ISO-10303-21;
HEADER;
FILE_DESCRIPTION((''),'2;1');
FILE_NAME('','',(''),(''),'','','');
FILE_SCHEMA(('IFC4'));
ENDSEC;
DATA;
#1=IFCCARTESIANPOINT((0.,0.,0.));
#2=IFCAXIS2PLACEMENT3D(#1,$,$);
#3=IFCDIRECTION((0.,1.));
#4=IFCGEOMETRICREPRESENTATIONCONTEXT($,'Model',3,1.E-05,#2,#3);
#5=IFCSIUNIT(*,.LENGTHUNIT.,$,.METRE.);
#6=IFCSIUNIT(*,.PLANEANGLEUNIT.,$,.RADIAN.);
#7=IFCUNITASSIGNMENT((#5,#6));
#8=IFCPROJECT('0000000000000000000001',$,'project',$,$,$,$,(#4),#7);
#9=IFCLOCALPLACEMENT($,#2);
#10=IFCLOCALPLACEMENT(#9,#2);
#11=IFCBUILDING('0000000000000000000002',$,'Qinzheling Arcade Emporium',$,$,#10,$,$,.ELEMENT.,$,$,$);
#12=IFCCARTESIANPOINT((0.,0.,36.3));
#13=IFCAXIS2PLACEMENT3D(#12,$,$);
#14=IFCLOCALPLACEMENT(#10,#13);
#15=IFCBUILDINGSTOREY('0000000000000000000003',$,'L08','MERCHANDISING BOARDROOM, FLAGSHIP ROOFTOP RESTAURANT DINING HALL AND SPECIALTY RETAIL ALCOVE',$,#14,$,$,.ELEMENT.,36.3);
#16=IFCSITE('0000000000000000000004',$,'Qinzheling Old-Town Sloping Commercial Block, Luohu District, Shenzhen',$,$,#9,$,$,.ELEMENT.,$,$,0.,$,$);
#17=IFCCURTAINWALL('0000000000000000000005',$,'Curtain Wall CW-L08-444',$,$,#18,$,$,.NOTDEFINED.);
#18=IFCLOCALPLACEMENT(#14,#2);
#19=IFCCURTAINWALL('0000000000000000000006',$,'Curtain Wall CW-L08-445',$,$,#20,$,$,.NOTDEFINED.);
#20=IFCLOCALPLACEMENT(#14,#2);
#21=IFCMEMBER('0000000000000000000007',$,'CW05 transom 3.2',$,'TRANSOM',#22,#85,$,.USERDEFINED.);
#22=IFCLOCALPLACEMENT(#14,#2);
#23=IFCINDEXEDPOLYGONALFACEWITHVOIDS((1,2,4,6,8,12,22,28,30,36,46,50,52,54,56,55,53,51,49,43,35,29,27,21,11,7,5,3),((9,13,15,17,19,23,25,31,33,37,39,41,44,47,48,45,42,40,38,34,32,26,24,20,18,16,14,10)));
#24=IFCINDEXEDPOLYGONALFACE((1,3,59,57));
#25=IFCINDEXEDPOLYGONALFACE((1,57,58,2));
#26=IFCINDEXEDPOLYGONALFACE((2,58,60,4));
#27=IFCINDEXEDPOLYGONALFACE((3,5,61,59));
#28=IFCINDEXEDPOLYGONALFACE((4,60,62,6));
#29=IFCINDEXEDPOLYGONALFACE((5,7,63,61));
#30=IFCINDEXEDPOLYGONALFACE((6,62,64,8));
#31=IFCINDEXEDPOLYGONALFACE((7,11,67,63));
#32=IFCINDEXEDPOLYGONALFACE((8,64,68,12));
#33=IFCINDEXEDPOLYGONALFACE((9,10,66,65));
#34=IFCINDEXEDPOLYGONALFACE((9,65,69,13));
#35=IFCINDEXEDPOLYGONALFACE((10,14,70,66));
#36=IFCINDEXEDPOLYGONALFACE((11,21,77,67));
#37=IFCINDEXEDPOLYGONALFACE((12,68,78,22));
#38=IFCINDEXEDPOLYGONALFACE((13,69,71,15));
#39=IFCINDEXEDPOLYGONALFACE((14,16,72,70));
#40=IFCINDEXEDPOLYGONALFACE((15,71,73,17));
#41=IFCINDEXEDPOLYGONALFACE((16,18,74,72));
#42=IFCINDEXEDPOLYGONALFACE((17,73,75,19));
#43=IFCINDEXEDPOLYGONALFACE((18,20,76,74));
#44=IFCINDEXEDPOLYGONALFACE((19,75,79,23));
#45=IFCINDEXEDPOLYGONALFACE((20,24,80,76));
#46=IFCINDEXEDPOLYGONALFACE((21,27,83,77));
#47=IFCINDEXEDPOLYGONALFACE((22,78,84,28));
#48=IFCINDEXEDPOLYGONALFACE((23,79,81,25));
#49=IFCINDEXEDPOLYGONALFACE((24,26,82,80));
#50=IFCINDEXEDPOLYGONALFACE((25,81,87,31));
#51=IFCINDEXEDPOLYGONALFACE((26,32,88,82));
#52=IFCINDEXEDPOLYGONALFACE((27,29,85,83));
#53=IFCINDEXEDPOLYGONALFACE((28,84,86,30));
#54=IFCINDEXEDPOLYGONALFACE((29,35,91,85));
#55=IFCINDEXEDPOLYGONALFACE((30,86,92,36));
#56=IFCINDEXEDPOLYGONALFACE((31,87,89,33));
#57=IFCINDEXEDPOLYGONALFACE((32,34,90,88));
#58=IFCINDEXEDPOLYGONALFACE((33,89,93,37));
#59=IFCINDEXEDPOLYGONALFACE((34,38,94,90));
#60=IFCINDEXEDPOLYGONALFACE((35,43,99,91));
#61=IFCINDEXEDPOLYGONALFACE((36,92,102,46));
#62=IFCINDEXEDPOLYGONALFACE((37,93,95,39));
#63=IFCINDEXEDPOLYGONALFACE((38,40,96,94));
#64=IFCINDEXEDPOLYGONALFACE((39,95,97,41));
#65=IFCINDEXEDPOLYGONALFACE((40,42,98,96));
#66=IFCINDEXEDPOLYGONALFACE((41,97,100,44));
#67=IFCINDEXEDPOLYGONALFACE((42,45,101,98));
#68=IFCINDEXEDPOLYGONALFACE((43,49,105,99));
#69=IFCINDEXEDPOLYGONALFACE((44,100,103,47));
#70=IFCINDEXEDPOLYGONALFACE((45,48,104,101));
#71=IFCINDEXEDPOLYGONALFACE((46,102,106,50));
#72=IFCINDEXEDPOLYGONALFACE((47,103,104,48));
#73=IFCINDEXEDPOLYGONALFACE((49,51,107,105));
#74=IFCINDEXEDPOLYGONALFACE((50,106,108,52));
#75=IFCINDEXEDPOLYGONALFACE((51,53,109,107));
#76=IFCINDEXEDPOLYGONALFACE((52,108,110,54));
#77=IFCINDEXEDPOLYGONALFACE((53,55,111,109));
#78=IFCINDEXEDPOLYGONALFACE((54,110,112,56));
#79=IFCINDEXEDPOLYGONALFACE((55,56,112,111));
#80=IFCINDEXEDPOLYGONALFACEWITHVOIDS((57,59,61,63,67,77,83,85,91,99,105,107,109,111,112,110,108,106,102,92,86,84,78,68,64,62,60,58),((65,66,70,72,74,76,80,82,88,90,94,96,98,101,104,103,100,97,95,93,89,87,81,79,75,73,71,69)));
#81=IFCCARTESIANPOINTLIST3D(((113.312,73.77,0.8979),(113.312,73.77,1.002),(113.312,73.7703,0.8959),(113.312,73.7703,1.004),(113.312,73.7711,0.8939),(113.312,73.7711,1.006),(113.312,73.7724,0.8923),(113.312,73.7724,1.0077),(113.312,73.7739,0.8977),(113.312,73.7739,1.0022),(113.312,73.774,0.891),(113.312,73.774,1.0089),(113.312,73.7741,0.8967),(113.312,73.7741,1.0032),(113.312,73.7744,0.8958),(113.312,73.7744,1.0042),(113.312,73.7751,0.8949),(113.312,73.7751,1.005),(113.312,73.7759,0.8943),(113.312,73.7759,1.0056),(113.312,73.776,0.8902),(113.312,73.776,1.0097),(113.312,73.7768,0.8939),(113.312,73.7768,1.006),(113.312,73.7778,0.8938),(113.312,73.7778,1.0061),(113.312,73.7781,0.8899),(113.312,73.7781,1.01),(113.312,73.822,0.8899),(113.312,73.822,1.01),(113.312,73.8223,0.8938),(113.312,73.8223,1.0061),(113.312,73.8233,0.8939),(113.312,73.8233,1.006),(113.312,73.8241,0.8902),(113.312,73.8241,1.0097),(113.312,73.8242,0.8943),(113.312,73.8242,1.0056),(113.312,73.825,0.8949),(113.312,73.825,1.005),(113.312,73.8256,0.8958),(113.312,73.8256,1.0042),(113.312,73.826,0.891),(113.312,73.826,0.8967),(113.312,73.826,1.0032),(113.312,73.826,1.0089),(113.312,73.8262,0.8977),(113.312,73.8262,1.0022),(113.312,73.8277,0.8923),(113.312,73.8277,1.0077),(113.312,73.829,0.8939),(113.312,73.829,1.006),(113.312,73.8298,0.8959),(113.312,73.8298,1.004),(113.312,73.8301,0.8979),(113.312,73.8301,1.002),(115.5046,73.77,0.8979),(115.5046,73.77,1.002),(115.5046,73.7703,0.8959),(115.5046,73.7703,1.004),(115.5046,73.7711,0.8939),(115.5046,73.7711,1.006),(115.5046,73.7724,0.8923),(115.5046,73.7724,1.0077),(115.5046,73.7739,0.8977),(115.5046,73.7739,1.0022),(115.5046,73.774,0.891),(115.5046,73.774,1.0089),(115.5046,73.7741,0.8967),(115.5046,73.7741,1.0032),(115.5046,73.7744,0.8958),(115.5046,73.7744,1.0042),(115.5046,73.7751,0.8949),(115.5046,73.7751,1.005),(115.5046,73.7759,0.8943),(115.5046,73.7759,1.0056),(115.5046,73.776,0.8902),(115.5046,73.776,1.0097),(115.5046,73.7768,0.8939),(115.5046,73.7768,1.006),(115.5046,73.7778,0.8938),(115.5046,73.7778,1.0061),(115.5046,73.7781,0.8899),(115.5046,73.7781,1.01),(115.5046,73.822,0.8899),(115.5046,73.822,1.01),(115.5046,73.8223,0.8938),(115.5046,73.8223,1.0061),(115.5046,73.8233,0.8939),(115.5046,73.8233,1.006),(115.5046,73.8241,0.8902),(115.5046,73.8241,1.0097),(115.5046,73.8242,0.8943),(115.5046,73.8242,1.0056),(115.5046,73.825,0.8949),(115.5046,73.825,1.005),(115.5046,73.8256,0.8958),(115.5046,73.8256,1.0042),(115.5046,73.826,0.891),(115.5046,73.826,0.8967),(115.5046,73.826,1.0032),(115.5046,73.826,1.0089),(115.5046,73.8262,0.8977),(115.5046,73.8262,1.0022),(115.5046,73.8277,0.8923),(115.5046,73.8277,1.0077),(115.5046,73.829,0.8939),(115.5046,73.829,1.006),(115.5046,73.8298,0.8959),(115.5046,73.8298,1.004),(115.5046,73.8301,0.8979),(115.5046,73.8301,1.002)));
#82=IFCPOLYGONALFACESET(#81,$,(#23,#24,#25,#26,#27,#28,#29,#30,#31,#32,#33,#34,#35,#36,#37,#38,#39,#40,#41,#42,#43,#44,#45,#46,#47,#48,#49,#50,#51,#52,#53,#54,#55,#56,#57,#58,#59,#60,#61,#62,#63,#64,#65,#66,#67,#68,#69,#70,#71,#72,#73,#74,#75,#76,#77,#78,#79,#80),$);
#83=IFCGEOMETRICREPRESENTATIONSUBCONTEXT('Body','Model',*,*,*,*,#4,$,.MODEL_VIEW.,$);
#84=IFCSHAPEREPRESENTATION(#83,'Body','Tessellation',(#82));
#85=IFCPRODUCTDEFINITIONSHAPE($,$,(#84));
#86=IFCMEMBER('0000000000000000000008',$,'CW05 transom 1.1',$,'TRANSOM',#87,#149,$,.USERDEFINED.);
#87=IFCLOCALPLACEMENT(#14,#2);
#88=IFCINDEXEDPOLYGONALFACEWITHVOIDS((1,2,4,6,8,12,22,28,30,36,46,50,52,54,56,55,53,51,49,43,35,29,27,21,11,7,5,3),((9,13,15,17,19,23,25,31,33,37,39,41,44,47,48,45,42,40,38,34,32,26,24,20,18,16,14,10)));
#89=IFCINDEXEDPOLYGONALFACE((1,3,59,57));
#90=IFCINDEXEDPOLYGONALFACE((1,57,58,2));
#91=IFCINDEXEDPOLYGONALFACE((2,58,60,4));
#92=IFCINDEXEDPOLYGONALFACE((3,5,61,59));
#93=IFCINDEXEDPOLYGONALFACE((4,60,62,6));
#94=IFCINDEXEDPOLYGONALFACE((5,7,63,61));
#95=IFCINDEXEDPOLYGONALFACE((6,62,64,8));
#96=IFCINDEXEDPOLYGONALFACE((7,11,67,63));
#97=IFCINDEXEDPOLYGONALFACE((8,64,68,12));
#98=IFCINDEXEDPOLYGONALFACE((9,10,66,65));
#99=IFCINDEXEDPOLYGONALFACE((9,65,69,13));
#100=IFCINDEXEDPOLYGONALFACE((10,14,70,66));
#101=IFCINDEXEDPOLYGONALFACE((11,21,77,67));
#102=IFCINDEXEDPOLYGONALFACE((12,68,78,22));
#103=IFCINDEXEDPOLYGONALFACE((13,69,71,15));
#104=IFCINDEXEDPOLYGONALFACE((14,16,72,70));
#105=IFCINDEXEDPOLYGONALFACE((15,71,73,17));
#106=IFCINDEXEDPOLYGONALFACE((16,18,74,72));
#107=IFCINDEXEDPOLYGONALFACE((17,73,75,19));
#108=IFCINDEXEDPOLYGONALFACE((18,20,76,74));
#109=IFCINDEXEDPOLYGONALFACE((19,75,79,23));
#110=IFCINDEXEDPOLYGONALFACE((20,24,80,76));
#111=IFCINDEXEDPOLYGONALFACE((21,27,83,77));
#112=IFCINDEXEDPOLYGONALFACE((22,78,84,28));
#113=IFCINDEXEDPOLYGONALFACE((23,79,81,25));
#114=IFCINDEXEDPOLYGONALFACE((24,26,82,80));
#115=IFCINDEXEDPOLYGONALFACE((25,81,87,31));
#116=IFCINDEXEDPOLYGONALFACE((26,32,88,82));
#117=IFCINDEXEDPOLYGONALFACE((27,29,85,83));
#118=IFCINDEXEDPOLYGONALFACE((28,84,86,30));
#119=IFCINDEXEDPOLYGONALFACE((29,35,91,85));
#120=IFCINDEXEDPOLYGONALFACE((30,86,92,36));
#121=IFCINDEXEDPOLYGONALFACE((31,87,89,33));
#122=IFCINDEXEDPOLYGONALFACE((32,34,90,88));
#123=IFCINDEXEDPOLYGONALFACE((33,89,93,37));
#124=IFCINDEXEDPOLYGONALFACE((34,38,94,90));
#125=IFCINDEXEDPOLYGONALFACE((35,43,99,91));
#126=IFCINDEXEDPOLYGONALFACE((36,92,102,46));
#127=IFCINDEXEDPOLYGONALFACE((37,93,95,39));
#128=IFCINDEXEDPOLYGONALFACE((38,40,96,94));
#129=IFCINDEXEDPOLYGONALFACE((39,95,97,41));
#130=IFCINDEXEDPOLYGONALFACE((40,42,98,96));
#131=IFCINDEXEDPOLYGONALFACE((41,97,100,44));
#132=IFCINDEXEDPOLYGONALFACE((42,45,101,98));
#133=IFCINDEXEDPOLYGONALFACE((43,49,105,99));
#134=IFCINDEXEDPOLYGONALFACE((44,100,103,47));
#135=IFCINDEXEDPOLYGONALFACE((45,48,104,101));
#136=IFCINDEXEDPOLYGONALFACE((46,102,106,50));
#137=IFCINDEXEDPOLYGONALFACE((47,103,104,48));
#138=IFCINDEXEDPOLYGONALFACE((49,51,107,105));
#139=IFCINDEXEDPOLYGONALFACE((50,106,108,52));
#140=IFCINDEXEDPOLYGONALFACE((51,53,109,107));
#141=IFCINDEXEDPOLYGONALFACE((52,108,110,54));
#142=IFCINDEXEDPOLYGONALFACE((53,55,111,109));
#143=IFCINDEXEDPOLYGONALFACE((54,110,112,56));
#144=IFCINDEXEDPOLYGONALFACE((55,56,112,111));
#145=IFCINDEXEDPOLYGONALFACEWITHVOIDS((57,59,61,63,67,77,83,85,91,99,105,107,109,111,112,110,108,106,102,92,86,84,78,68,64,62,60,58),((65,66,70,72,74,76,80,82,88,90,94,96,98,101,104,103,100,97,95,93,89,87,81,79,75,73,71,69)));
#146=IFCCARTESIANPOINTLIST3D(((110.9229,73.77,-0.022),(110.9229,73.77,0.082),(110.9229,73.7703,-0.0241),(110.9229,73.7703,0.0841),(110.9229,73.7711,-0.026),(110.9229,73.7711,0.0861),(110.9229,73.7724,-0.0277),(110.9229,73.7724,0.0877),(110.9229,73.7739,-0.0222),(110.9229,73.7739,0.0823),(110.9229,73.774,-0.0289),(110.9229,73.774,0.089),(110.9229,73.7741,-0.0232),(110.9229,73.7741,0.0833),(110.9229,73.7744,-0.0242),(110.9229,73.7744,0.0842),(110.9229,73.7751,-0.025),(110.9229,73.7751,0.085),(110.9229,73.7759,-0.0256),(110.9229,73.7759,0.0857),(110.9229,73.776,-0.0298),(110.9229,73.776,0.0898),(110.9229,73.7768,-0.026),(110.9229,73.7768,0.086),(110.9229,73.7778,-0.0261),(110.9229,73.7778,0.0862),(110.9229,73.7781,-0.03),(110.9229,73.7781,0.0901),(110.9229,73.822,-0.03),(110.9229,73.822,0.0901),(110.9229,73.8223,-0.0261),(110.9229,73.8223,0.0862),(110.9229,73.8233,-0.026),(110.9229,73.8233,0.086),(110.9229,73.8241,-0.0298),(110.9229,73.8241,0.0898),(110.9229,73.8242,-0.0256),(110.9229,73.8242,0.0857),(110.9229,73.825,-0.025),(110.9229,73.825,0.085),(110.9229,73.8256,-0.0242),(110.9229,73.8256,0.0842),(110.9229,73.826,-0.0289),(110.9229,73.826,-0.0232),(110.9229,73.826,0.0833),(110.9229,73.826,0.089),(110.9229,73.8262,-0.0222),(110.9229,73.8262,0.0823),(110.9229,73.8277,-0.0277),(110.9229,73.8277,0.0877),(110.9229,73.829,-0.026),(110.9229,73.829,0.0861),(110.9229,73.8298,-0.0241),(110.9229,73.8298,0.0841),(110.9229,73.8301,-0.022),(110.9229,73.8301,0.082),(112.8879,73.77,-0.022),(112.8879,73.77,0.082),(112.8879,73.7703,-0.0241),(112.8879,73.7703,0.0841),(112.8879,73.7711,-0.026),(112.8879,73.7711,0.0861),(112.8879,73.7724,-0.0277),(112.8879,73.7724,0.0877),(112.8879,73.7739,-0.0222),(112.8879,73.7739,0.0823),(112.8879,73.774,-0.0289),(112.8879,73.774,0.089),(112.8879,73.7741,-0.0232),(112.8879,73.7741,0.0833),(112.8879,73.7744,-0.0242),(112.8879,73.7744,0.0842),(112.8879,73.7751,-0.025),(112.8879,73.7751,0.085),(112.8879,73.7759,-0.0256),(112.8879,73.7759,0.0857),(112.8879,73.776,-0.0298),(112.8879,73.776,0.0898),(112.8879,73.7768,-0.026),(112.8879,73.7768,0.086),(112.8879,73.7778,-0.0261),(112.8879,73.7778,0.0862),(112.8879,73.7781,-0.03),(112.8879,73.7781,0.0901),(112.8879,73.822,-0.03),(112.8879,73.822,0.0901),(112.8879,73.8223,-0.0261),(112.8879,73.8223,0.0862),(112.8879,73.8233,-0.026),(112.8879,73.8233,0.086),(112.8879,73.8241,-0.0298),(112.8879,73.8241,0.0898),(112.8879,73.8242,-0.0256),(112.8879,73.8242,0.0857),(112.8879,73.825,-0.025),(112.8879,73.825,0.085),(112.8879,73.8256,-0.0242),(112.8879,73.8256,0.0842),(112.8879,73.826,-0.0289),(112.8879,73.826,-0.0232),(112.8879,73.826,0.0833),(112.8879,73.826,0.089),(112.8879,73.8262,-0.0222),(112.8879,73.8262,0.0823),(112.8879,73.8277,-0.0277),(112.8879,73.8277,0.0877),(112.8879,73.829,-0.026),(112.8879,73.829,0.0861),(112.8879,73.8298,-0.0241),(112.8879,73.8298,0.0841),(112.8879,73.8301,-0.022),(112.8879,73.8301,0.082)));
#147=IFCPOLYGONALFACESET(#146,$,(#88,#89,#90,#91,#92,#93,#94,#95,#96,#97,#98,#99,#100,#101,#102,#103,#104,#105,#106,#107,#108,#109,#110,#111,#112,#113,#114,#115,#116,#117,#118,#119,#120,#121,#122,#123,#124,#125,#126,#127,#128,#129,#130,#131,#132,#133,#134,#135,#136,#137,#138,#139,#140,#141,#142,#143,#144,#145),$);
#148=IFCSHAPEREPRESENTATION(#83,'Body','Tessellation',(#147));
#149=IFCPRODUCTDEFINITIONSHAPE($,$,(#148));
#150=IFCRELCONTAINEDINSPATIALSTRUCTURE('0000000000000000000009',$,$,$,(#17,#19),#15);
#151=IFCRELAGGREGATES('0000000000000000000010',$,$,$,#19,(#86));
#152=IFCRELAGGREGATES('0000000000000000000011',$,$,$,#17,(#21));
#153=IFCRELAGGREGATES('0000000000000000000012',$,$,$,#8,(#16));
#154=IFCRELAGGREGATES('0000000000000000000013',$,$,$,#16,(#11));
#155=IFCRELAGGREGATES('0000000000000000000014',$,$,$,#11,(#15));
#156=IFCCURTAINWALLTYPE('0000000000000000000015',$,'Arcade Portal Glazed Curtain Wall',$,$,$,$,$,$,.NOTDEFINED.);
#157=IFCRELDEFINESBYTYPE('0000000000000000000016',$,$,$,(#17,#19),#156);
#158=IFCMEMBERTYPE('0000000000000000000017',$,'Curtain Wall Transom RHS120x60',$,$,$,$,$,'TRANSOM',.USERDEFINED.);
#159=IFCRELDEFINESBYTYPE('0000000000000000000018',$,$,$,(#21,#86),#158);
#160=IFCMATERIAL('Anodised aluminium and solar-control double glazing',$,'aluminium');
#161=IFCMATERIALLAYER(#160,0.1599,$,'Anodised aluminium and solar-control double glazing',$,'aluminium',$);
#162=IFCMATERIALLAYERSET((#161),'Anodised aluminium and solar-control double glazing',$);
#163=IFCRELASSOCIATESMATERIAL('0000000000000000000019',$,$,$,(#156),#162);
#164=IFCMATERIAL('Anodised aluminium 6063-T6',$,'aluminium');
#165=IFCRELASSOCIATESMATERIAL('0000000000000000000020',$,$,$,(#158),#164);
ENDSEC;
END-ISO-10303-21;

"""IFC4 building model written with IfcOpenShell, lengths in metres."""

from ifc_helpers import new_model, si_unit, direction, frame, origin, origin_2d, place, context, subcontext, project, spatial, hollow_rectangle, extrude, material, layer, layer_set, material_profile, profile_set, type_object, element, aggregate, save


model = new_model("IFC4")

# Units and contexts
model_context = context("Model", 3, precision=1e-05, world=origin(), true_north=direction((0.0, 1.0)))
body_context = subcontext(model_context, "Body", "Model", "MODEL_VIEW")
ifc_project = project(units=[si_unit("LENGTHUNIT", "METRE"), si_unit("PLANEANGLEUNIT", "RADIAN")], contexts=[model_context])

# Site, building, storey
site_placement = place(None, origin())
site = spatial("IfcSite", under=ifc_project, at=site_placement, Name="Qinzheling Old-Town Sloping Commercial Block, Luohu District, Shenzhen", CompositionType="ELEMENT", RefElevation=0.0)
building_placement = place(site_placement, origin())
building = spatial("IfcBuilding", under=site, at=building_placement, Name="Qinzheling Arcade Emporium", CompositionType="ELEMENT")
storey_placement = place(building_placement, frame((0.0, 0.0, 36.3)))
storey = spatial("IfcBuildingStorey", under=building, at=storey_placement, Name="L08", Description="MERCHANDISING BOARDROOM, FLAGSHIP ROOFTOP RESTAURANT DINING HALL AND SPECIALTY RETAIL ALCOVE", CompositionType="ELEMENT", Elevation=36.3)

# Curtain walls
ifc_material_1 = material(Name="Anodised aluminium and solar-control double glazing", Category="aluminium")
ifc_layer_1 = layer(ifc_material_1, 0.1599, Name="Anodised aluminium and solar-control double glazing", Category="aluminium")
ifc_layer_set_1 = layer_set([ifc_layer_1], Name="Anodised aluminium and solar-control double glazing")
curtain_wall_type = type_object("IfcCurtainWallType", Name="Arcade Portal Glazed Curtain Wall", PredefinedType="NOTDEFINED", material=ifc_layer_set_1)
curtain_wall_1_placement = place(storey_placement, origin())
curtain_wall_1 = element("IfcCurtainWall", 1, at=curtain_wall_1_placement, inside=storey, type_object=curtain_wall_type, Name="Curtain Wall CW-L08-444", PredefinedType="NOTDEFINED")
ifc_material_2 = material(Name="Anodised aluminium 6063-T6", Category="aluminium")
curtain_wall_2_placement = place(storey_placement, origin())
curtain_wall_2 = element("IfcCurtainWall", 2, at=curtain_wall_2_placement, inside=storey, type_object=curtain_wall_type, Name="Curtain Wall CW-L08-445", PredefinedType="NOTDEFINED")

# Members
ifc_material_profile_1 = material_profile(ifc_material_2, hollow_rectangle(XDim=0.0601, YDim=0.1201, WallThickness=0.0039, InnerFilletRadius=0.0039, OuterFilletRadius=0.0081, at=origin_2d()), Name="RHS 120x60x4", Category="aluminium")
ifc_profile_set_1 = profile_set([ifc_material_profile_1], Name="Anodised aluminium 6063-T6")
member_type_1 = type_object("IfcMemberType", Name="Curtain Wall Transom RHS120x60", ElementType="TRANSOM", PredefinedType="USERDEFINED", material=ifc_profile_set_1)
member_1_placement = place(storey_placement, frame((115.5046, 73.8, 0.95), z_axis=(-1.0, 0.0, 0.0), x_axis=(0.0, -1.0, 0.0)))
member_1 = element("IfcMember", 3, at=member_1_placement, type_object=member_type_1, Name="CW05 transom 3.2", ObjectType="TRANSOM", PredefinedType="USERDEFINED", context=body_context, shape_type="SweptSolid", body=[
    extrude(hollow_rectangle(XDim=0.0601, YDim=0.1201, WallThickness=0.0039, InnerFilletRadius=0.0039, OuterFilletRadius=0.0081, at=origin_2d()), origin(), (0.0, 0.0, 1.0), 2.1926),
])
member_2_placement = place(storey_placement, frame((112.8879, 73.8, 0.03), z_axis=(-1.0, 0.0, 0.0), x_axis=(0.0, -1.0, 0.0)))
member_2 = element("IfcMember", 4, at=member_2_placement, type_object=member_type_1, Name="CW05 transom 1.1", ObjectType="TRANSOM", PredefinedType="USERDEFINED", context=body_context, shape_type="SweptSolid", body=[
    extrude(hollow_rectangle(XDim=0.0601, YDim=0.1201, WallThickness=0.0039, InnerFilletRadius=0.0039, OuterFilletRadius=0.0081, at=origin_2d()), origin(), (0.0, 0.0, 1.0), 1.9651),
])
aggregate(curtain_wall_2, [member_2])

aggregate(curtain_wall_1, [member_1])

save(model, "model.ifc")
